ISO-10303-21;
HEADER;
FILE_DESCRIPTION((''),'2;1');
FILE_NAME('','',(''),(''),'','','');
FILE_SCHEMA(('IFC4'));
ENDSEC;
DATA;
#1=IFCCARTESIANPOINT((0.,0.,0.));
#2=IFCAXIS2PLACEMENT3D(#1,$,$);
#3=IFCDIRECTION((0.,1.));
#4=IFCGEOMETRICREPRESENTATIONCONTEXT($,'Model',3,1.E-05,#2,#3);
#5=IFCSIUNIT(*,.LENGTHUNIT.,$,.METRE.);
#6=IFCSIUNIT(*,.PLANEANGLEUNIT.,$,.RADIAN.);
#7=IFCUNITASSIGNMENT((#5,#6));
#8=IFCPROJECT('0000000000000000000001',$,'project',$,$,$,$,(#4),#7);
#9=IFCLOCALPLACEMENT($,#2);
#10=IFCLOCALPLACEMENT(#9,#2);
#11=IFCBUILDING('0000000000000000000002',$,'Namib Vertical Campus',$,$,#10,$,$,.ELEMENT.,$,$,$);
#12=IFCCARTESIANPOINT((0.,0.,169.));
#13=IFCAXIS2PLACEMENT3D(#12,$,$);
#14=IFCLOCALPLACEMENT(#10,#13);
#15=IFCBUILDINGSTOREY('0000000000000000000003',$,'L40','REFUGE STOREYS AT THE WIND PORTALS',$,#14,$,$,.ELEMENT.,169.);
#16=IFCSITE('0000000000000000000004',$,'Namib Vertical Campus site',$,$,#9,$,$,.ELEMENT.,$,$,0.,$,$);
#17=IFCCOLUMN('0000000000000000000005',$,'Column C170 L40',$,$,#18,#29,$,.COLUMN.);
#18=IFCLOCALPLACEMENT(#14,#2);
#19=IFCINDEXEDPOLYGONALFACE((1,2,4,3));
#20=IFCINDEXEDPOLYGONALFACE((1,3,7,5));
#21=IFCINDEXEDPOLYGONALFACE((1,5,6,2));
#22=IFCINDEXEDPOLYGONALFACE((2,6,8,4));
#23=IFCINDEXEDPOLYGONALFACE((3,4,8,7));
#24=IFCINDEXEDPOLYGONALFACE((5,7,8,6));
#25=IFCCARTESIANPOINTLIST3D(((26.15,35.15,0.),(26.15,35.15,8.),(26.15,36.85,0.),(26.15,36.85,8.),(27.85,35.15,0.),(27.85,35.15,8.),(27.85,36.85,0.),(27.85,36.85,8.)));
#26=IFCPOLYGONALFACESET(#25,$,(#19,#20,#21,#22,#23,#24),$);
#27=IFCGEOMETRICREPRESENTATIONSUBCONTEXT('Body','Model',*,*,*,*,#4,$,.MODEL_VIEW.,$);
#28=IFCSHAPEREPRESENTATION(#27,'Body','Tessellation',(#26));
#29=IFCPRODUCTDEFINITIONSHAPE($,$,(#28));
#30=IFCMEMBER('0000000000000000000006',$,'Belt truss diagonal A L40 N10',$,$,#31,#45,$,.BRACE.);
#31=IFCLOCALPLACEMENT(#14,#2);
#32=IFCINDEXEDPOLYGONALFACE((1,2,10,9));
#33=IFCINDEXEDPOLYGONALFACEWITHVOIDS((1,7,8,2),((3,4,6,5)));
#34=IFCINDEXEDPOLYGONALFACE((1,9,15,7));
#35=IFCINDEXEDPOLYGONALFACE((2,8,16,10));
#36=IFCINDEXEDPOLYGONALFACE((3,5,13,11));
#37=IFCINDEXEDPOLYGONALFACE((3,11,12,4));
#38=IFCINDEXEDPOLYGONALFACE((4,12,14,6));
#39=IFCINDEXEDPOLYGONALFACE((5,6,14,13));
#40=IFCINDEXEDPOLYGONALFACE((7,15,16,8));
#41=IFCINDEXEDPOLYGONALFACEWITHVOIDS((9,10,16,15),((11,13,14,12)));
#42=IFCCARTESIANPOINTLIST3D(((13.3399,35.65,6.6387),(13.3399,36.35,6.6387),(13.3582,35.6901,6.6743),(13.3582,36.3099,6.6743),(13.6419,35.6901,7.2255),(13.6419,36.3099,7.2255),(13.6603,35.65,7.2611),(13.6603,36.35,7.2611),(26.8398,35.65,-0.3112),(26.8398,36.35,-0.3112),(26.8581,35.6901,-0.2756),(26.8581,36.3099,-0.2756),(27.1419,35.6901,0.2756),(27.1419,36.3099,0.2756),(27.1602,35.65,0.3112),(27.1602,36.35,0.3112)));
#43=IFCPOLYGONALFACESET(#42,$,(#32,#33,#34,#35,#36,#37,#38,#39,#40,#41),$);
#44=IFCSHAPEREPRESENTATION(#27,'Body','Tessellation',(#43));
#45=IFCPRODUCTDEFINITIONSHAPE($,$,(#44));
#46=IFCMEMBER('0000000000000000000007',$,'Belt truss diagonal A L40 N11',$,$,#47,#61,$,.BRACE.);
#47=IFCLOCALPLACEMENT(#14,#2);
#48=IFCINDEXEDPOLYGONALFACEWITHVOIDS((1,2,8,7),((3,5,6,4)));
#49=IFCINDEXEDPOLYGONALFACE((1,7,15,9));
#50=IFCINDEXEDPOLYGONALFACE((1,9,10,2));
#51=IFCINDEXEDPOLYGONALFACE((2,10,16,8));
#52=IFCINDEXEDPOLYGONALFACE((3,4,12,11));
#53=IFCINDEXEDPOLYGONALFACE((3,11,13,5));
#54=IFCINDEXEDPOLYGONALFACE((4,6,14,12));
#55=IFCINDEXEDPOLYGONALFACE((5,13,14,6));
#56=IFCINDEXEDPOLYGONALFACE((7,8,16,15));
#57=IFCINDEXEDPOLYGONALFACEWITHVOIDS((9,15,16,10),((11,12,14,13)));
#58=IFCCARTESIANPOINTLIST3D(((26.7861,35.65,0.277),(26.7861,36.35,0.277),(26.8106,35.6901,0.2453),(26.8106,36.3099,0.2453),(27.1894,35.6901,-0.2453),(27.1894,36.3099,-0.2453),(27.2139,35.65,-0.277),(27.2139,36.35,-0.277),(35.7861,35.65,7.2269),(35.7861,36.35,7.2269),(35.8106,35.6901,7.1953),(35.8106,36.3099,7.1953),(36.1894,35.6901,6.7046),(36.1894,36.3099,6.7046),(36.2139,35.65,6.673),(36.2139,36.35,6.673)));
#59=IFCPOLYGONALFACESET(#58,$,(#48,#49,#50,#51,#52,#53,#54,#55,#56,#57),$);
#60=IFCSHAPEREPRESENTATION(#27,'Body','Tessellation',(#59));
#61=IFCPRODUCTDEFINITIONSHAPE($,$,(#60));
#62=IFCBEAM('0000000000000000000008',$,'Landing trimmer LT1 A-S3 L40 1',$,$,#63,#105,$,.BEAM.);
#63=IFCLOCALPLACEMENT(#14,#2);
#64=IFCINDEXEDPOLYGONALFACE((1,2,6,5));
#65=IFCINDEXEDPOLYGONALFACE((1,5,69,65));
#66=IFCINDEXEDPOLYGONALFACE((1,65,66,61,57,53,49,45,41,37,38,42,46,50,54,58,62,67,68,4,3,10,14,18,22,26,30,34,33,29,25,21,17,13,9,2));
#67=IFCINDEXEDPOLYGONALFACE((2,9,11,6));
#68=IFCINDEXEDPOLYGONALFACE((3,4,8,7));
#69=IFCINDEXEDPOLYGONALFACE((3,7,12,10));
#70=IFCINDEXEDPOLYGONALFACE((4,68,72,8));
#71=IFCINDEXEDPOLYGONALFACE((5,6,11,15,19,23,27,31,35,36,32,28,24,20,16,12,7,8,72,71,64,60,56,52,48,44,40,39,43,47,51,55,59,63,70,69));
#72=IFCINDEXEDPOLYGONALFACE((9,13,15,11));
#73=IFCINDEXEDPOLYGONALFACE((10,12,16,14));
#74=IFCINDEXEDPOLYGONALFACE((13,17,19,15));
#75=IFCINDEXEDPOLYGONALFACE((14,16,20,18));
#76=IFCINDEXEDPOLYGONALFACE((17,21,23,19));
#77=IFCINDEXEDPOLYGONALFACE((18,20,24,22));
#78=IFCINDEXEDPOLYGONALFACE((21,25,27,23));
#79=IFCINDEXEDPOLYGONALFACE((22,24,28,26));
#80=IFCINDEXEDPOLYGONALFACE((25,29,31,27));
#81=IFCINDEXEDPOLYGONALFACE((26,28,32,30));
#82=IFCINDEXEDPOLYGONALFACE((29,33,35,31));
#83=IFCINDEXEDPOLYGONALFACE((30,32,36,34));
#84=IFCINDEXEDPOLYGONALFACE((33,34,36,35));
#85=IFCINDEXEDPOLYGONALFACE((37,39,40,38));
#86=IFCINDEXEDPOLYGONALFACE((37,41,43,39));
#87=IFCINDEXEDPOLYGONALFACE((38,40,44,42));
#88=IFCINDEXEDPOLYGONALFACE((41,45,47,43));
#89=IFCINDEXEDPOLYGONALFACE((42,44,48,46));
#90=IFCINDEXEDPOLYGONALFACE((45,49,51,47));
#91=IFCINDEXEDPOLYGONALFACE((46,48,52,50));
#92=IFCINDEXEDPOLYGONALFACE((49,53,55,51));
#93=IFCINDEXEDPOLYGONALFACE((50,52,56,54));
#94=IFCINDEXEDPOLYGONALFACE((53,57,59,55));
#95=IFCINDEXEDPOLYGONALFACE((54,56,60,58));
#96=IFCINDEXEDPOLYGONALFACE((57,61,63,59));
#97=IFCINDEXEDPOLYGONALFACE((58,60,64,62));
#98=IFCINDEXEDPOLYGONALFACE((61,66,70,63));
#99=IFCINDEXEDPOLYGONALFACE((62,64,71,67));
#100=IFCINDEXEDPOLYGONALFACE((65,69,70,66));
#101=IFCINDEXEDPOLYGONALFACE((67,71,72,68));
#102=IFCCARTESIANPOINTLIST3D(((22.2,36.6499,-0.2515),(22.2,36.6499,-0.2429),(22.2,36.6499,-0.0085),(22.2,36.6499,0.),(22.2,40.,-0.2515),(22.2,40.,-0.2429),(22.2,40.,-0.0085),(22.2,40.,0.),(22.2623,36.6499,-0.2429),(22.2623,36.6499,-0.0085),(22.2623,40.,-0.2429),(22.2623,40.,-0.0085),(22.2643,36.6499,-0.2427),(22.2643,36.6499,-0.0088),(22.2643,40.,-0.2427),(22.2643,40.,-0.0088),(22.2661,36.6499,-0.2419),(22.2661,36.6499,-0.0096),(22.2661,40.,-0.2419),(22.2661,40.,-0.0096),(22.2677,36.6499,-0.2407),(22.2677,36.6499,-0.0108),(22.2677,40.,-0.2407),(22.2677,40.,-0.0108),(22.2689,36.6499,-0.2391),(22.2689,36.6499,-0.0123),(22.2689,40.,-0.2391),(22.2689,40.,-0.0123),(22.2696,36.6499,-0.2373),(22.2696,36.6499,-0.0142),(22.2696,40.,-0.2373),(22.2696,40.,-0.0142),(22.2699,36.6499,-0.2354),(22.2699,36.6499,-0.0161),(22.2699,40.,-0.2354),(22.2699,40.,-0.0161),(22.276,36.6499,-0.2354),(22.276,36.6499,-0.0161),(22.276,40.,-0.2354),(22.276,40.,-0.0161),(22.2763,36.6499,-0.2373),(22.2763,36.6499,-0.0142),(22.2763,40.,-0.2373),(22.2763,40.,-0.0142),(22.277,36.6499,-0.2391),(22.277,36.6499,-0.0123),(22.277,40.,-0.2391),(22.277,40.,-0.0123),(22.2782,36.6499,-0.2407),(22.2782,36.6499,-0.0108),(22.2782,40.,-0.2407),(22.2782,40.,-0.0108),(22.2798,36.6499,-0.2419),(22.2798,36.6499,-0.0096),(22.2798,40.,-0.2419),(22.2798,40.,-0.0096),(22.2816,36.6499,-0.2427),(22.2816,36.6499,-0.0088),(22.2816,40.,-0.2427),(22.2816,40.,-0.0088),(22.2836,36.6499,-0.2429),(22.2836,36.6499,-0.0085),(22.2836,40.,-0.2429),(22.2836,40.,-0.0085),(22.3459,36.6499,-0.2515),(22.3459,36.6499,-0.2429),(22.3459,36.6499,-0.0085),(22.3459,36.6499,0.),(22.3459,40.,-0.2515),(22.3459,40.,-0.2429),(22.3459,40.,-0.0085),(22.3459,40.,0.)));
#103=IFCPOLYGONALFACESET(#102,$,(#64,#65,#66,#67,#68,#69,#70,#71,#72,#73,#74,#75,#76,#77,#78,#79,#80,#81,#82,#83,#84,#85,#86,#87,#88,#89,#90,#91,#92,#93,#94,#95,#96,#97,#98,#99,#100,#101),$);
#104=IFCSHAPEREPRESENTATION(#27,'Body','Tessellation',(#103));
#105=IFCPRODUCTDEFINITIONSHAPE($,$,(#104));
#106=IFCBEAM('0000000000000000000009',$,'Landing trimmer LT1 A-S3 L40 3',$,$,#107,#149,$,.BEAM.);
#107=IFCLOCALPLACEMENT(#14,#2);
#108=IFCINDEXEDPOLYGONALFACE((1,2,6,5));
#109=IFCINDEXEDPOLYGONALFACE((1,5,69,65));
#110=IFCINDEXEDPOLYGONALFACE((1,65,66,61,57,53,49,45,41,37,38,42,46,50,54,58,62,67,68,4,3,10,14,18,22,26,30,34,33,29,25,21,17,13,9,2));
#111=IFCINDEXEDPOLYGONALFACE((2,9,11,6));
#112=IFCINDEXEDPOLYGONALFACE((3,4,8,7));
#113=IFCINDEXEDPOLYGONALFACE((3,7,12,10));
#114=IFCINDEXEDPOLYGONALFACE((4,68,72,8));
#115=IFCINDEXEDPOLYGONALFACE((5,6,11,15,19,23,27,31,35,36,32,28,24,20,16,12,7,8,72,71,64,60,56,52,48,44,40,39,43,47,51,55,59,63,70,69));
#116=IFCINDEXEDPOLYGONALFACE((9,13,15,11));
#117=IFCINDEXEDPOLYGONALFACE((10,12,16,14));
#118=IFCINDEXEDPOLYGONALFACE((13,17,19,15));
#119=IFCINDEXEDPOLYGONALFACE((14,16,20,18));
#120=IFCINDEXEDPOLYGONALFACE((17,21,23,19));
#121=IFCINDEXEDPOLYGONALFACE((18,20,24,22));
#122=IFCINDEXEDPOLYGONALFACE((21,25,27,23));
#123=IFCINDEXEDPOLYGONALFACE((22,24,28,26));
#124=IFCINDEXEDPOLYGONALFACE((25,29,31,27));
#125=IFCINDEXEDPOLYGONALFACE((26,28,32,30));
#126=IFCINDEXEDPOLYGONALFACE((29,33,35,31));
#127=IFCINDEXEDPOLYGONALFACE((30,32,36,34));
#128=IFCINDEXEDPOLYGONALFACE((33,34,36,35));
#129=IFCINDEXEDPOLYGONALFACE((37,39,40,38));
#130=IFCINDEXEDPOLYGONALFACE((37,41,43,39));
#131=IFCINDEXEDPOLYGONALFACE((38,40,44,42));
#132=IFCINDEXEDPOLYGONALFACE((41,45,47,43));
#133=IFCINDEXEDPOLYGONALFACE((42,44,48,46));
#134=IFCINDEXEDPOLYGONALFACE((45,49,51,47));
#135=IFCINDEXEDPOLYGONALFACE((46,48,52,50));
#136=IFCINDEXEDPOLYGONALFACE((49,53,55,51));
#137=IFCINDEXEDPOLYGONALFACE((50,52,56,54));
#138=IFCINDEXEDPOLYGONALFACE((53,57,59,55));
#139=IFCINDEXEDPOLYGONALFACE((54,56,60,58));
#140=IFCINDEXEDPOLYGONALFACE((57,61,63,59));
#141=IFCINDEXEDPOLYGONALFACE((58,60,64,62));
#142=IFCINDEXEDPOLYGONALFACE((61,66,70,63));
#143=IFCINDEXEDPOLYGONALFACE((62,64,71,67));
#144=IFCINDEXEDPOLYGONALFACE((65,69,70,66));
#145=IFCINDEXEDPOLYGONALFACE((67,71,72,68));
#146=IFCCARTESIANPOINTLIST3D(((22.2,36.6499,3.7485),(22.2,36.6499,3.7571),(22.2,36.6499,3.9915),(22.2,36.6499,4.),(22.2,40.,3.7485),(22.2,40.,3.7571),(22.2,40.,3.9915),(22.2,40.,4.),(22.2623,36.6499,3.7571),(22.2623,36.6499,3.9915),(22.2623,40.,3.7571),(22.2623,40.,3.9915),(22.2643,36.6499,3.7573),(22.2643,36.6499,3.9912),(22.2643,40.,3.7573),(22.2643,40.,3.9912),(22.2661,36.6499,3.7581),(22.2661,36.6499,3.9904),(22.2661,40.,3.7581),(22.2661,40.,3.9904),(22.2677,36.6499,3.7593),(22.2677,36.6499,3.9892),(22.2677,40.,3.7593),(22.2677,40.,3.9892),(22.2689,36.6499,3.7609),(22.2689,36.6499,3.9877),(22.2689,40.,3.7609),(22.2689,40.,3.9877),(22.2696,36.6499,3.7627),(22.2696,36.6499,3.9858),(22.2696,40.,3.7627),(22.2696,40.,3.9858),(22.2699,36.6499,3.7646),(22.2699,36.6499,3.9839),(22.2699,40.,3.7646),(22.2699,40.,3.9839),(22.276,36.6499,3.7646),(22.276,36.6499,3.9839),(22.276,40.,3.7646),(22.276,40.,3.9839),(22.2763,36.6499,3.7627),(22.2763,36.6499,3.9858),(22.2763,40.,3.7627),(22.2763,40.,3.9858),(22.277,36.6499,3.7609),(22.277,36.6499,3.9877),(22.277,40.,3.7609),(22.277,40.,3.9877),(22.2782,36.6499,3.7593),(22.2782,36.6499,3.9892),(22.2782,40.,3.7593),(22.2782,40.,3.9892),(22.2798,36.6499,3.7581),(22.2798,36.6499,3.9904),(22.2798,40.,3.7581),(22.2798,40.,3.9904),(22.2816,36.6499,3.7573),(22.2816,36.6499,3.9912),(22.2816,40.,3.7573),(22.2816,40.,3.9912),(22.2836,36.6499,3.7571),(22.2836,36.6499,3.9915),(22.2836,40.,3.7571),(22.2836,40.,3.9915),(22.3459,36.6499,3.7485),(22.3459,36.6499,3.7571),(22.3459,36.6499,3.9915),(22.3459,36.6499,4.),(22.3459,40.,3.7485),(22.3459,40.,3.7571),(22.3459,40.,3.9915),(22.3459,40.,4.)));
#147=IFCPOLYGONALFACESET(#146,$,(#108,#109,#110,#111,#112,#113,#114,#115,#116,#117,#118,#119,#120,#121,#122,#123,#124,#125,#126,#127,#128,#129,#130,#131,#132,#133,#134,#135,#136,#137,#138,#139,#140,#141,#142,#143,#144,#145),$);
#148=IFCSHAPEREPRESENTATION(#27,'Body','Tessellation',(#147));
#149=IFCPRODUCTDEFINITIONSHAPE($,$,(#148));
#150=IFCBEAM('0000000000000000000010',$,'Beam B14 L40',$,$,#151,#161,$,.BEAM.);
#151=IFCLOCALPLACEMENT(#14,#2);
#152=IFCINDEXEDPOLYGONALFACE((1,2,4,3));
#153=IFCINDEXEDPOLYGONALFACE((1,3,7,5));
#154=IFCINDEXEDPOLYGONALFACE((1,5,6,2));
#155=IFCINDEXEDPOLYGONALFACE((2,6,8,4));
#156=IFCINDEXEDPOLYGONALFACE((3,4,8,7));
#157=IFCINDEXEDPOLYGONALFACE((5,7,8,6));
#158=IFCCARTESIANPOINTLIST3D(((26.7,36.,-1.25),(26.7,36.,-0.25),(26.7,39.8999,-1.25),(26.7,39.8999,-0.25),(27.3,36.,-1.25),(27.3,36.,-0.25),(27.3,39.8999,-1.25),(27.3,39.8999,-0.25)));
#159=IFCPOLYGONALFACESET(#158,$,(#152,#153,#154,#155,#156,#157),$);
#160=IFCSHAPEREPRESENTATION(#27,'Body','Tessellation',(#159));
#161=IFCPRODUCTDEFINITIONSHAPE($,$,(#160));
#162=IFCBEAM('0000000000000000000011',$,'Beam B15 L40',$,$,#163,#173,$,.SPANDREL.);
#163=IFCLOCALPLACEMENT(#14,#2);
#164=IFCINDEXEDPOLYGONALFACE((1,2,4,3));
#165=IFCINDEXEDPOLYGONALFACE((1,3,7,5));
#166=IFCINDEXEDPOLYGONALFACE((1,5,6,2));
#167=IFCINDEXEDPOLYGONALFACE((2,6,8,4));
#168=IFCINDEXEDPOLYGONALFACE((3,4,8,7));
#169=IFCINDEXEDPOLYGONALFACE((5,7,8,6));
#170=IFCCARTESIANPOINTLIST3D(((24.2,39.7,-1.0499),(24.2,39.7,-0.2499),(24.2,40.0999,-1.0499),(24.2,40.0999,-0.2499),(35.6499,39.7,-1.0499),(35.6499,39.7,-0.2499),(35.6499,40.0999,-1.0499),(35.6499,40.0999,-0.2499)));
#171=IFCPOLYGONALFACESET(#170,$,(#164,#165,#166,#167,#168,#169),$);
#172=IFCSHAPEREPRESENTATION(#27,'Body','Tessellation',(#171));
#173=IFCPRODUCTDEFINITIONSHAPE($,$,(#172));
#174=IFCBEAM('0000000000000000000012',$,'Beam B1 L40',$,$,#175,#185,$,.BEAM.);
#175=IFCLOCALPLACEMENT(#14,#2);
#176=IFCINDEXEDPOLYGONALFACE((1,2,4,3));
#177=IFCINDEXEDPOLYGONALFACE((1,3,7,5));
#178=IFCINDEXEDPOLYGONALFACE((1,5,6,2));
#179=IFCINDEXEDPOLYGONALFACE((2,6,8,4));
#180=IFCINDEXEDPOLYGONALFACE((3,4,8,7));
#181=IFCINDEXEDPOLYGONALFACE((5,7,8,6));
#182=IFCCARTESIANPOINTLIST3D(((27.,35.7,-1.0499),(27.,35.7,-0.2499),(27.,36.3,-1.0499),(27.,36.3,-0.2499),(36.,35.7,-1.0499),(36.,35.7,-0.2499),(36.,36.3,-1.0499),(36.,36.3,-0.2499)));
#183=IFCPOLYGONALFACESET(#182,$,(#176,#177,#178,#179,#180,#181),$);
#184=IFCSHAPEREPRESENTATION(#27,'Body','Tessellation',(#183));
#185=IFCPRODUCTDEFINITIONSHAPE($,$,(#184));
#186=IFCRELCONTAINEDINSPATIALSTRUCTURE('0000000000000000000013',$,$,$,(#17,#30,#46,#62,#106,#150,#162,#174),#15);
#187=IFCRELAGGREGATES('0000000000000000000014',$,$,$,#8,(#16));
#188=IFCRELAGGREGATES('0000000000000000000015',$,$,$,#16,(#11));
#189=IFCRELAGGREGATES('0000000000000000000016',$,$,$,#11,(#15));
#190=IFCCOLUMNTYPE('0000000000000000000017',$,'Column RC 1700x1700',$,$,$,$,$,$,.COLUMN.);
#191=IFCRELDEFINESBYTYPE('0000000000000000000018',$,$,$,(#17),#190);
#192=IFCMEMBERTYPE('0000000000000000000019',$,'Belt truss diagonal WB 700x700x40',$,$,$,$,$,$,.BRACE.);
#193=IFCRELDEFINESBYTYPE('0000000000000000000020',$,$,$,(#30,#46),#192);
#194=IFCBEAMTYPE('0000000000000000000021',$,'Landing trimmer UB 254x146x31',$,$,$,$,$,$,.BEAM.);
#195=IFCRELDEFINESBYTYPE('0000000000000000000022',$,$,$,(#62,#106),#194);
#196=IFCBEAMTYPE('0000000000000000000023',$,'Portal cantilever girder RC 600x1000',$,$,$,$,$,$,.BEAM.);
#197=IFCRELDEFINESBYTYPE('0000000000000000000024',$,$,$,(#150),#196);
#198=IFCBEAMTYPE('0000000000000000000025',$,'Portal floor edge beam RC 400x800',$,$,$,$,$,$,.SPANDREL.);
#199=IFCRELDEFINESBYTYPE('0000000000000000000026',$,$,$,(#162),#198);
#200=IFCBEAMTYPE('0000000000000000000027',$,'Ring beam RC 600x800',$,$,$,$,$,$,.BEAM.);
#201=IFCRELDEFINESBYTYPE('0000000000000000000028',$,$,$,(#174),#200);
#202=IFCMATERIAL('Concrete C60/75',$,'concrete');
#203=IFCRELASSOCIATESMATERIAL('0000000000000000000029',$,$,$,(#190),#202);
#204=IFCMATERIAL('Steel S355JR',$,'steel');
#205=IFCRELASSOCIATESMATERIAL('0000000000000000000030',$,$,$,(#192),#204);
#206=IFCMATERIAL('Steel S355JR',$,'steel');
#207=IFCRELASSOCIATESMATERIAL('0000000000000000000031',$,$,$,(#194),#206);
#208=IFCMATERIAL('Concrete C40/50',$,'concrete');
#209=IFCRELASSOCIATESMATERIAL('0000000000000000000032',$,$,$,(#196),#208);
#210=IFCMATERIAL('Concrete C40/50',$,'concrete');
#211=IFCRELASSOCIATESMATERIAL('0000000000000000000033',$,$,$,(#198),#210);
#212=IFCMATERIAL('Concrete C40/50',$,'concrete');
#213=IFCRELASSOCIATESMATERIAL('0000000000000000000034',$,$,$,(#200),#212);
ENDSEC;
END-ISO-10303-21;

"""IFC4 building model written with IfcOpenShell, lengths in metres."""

from ifc_helpers import new_model, si_unit, direction, frame, origin, origin_2d, place, context, subcontext, project, spatial, rectangle, hollow_rectangle, i_section, extrude, material, material_profile, profile_set, type_object, element, save


model = new_model("IFC4")

# Units and contexts
model_context = context("Model", 3, precision=1e-05, world=origin(), true_north=direction((0.0, 1.0)))
body_context = subcontext(model_context, "Body", "Model", "MODEL_VIEW")
ifc_project = project(units=[si_unit("LENGTHUNIT", "METRE"), si_unit("PLANEANGLEUNIT", "RADIAN")], contexts=[model_context])

# Site, building, storey
site_placement = place(None, origin())
site = spatial("IfcSite", under=ifc_project, at=site_placement, Name="Namib Vertical Campus site", CompositionType="ELEMENT", RefElevation=0.0)
building_placement = place(site_placement, origin())
building = spatial("IfcBuilding", under=site, at=building_placement, Name="Namib Vertical Campus", CompositionType="ELEMENT")
storey_placement = place(building_placement, frame((0.0, 0.0, 169.0)))
storey = spatial("IfcBuildingStorey", under=building, at=storey_placement, Name="L40", Description="REFUGE STOREYS AT THE WIND PORTALS", CompositionType="ELEMENT", Elevation=169.0)

# Column
ifc_material_1 = material(Name="Concrete C60/75", Category="concrete")
ifc_material_profile_1 = material_profile(ifc_material_1, rectangle(XDim=1.7, YDim=1.7, at=origin_2d()))
ifc_profile_set_1 = profile_set([ifc_material_profile_1], Name="Concrete C60/75")
column_type = type_object("IfcColumnType", Name="Column RC 1700x1700", PredefinedType="COLUMN", material=ifc_profile_set_1)
column_placement = place(storey_placement, frame((27.0, 36.0, 0.0), z_axis=(0.0, 0.0, 1.0), x_axis=(1.0, 0.0, 0.0)))
element("IfcColumn", 1, at=column_placement, inside=storey, type_object=column_type, Name="Column C170 L40", PredefinedType="COLUMN", context=body_context, shape_type="SweptSolid", body=[
    extrude(rectangle(XDim=1.7, YDim=1.7, at=origin_2d()), origin(), (0.0, 0.0, 1.0), 8.0),
])

# Members
ifc_material_2 = material(Name="Steel S355JR", Category="steel")
ifc_material_profile_2 = material_profile(ifc_material_2, hollow_rectangle(XDim=0.7, YDim=0.7, WallThickness=0.04, at=origin_2d()))
ifc_profile_set_2 = profile_set([ifc_material_profile_2], Name="Steel S355JR")
member_type = type_object("IfcMemberType", Name="Belt truss diagonal WB 700x700x40", PredefinedType="BRACE", material=ifc_profile_set_2)
member_1_placement = place(storey_placement, frame((27.0, 36.0, 0.0), z_axis=(-0.889098, 0.0, 0.457717), x_axis=(0.0, -1.0, 0.0)))
element("IfcMember", 2, at=member_1_placement, inside=storey, type_object=member_type, Name="Belt truss diagonal A L40 N10", PredefinedType="BRACE", context=body_context, shape_type="SweptSolid", body=[
    extrude(hollow_rectangle(XDim=0.7, YDim=0.7, WallThickness=0.04, at=origin_2d()), origin(), (0.0, 0.0, 1.0), 15.1838),
])
member_2_placement = place(storey_placement, frame((27.0, 36.0, 0.0), z_axis=(0.79148, 0.0, 0.611194), x_axis=(0.0, 1.0, 0.0)))
element("IfcMember", 3, at=member_2_placement, inside=storey, type_object=member_type, Name="Belt truss diagonal A L40 N11", PredefinedType="BRACE", context=body_context, shape_type="SweptSolid", body=[
    extrude(hollow_rectangle(XDim=0.7, YDim=0.7, WallThickness=0.04, at=origin_2d()), origin(), (0.0, 0.0, 1.0), 11.3711),
])

# Beams
ifc_material_3 = material(Name="Steel S355JR", Category="steel")
ifc_material_profile_3 = material_profile(ifc_material_3, i_section(OverallWidth=0.146, OverallDepth=0.2515, WebThickness=0.0061, FlangeThickness=0.0085, FilletRadius=0.0076, at=origin_2d()))
ifc_profile_set_3 = profile_set([ifc_material_profile_3], Name="Steel S355JR")
beam_type_1 = type_object("IfcBeamType", Name="Landing trimmer UB 254x146x31", PredefinedType="BEAM", material=ifc_profile_set_3)
for number, where, z_axis, x_axis, name in (
    (4, (22.2729, 36.6499, -0.1257), (0.0, 1.0, 0.0), (-1.0, 0.0, 0.0), "Landing trimmer LT1 A-S3 L40 1"),
    (5, (22.2729, 36.6499, 3.8743), (0.0, 1.0, 0.0), (-1.0, 0.0, 0.0), "Landing trimmer LT1 A-S3 L40 3"),
):
    element("IfcBeam", number, at=place(storey_placement, frame(where, z_axis=z_axis, x_axis=x_axis)), inside=storey, type_object=beam_type_1, Name=name, PredefinedType="BEAM", context=body_context, shape_type="SweptSolid", body=[
        extrude(i_section(OverallWidth=0.146, OverallDepth=0.2515, WebThickness=0.0061, FlangeThickness=0.0085, FilletRadius=0.0076, at=origin_2d()), origin(), (0.0, 0.0, 1.0), 3.3501),
    ])
ifc_material_4 = material(Name="Concrete C40/50", Category="concrete")
ifc_material_profile_4 = material_profile(ifc_material_4, rectangle(XDim=0.6001, YDim=1.0, at=origin_2d()))
ifc_profile_set_4 = profile_set([ifc_material_profile_4], Name="Concrete C40/50")
beam_type_2 = type_object("IfcBeamType", Name="Portal cantilever girder RC 600x1000", PredefinedType="BEAM", material=ifc_profile_set_4)
beam_1_placement = place(storey_placement, frame((27.0, 36.0, -0.75), z_axis=(0.0, 1.0, 0.0), x_axis=(-1.0, 0.0, 0.0)))
element("IfcBeam", 6, at=beam_1_placement, inside=storey, type_object=beam_type_2, Name="Beam B14 L40", PredefinedType="BEAM", context=body_context, shape_type="SweptSolid", body=[
    extrude(rectangle(XDim=0.6001, YDim=1.0, at=origin_2d()), origin(), (0.0, 0.0, 1.0), 3.8999),
])
ifc_material_5 = material(Name="Concrete C40/50", Category="concrete")
ifc_material_profile_5 = material_profile(ifc_material_5, rectangle(XDim=0.3999, YDim=0.8, at=origin_2d()))
ifc_profile_set_5 = profile_set([ifc_material_profile_5], Name="Concrete C40/50")
beam_type_3 = type_object("IfcBeamType", Name="Portal floor edge beam RC 400x800", PredefinedType="SPANDREL", material=ifc_profile_set_5)
beam_2_placement = place(storey_placement, frame((24.2, 39.8999, -0.6499), z_axis=(1.0, 0.0, 0.0), x_axis=(0.0, 1.0, 0.0)))
element("IfcBeam", 7, at=beam_2_placement, inside=storey, type_object=beam_type_3, Name="Beam B15 L40", PredefinedType="SPANDREL", context=body_context, shape_type="SweptSolid", body=[
    extrude(rectangle(XDim=0.3999, YDim=0.8, at=origin_2d()), origin(), (0.0, 0.0, 1.0), 11.45),
])
ifc_material_6 = material(Name="Concrete C40/50", Category="concrete")
ifc_material_profile_6 = material_profile(ifc_material_6, rectangle(XDim=0.6001, YDim=0.8, at=origin_2d()))
ifc_profile_set_6 = profile_set([ifc_material_profile_6], Name="Concrete C40/50")
beam_type_4 = type_object("IfcBeamType", Name="Ring beam RC 600x800", PredefinedType="BEAM", material=ifc_profile_set_6)
beam_3_placement = place(storey_placement, frame((27.0, 36.0, -0.6499), z_axis=(1.0, 0.0, 0.0), x_axis=(0.0, 1.0, 0.0)))
element("IfcBeam", 8, at=beam_3_placement, inside=storey, type_object=beam_type_4, Name="Beam B1 L40", PredefinedType="BEAM", context=body_context, shape_type="SweptSolid", body=[
    extrude(rectangle(XDim=0.6001, YDim=0.8, at=origin_2d()), origin(), (0.0, 0.0, 1.0), 9.0),
])

save(model, "model.ifc")
